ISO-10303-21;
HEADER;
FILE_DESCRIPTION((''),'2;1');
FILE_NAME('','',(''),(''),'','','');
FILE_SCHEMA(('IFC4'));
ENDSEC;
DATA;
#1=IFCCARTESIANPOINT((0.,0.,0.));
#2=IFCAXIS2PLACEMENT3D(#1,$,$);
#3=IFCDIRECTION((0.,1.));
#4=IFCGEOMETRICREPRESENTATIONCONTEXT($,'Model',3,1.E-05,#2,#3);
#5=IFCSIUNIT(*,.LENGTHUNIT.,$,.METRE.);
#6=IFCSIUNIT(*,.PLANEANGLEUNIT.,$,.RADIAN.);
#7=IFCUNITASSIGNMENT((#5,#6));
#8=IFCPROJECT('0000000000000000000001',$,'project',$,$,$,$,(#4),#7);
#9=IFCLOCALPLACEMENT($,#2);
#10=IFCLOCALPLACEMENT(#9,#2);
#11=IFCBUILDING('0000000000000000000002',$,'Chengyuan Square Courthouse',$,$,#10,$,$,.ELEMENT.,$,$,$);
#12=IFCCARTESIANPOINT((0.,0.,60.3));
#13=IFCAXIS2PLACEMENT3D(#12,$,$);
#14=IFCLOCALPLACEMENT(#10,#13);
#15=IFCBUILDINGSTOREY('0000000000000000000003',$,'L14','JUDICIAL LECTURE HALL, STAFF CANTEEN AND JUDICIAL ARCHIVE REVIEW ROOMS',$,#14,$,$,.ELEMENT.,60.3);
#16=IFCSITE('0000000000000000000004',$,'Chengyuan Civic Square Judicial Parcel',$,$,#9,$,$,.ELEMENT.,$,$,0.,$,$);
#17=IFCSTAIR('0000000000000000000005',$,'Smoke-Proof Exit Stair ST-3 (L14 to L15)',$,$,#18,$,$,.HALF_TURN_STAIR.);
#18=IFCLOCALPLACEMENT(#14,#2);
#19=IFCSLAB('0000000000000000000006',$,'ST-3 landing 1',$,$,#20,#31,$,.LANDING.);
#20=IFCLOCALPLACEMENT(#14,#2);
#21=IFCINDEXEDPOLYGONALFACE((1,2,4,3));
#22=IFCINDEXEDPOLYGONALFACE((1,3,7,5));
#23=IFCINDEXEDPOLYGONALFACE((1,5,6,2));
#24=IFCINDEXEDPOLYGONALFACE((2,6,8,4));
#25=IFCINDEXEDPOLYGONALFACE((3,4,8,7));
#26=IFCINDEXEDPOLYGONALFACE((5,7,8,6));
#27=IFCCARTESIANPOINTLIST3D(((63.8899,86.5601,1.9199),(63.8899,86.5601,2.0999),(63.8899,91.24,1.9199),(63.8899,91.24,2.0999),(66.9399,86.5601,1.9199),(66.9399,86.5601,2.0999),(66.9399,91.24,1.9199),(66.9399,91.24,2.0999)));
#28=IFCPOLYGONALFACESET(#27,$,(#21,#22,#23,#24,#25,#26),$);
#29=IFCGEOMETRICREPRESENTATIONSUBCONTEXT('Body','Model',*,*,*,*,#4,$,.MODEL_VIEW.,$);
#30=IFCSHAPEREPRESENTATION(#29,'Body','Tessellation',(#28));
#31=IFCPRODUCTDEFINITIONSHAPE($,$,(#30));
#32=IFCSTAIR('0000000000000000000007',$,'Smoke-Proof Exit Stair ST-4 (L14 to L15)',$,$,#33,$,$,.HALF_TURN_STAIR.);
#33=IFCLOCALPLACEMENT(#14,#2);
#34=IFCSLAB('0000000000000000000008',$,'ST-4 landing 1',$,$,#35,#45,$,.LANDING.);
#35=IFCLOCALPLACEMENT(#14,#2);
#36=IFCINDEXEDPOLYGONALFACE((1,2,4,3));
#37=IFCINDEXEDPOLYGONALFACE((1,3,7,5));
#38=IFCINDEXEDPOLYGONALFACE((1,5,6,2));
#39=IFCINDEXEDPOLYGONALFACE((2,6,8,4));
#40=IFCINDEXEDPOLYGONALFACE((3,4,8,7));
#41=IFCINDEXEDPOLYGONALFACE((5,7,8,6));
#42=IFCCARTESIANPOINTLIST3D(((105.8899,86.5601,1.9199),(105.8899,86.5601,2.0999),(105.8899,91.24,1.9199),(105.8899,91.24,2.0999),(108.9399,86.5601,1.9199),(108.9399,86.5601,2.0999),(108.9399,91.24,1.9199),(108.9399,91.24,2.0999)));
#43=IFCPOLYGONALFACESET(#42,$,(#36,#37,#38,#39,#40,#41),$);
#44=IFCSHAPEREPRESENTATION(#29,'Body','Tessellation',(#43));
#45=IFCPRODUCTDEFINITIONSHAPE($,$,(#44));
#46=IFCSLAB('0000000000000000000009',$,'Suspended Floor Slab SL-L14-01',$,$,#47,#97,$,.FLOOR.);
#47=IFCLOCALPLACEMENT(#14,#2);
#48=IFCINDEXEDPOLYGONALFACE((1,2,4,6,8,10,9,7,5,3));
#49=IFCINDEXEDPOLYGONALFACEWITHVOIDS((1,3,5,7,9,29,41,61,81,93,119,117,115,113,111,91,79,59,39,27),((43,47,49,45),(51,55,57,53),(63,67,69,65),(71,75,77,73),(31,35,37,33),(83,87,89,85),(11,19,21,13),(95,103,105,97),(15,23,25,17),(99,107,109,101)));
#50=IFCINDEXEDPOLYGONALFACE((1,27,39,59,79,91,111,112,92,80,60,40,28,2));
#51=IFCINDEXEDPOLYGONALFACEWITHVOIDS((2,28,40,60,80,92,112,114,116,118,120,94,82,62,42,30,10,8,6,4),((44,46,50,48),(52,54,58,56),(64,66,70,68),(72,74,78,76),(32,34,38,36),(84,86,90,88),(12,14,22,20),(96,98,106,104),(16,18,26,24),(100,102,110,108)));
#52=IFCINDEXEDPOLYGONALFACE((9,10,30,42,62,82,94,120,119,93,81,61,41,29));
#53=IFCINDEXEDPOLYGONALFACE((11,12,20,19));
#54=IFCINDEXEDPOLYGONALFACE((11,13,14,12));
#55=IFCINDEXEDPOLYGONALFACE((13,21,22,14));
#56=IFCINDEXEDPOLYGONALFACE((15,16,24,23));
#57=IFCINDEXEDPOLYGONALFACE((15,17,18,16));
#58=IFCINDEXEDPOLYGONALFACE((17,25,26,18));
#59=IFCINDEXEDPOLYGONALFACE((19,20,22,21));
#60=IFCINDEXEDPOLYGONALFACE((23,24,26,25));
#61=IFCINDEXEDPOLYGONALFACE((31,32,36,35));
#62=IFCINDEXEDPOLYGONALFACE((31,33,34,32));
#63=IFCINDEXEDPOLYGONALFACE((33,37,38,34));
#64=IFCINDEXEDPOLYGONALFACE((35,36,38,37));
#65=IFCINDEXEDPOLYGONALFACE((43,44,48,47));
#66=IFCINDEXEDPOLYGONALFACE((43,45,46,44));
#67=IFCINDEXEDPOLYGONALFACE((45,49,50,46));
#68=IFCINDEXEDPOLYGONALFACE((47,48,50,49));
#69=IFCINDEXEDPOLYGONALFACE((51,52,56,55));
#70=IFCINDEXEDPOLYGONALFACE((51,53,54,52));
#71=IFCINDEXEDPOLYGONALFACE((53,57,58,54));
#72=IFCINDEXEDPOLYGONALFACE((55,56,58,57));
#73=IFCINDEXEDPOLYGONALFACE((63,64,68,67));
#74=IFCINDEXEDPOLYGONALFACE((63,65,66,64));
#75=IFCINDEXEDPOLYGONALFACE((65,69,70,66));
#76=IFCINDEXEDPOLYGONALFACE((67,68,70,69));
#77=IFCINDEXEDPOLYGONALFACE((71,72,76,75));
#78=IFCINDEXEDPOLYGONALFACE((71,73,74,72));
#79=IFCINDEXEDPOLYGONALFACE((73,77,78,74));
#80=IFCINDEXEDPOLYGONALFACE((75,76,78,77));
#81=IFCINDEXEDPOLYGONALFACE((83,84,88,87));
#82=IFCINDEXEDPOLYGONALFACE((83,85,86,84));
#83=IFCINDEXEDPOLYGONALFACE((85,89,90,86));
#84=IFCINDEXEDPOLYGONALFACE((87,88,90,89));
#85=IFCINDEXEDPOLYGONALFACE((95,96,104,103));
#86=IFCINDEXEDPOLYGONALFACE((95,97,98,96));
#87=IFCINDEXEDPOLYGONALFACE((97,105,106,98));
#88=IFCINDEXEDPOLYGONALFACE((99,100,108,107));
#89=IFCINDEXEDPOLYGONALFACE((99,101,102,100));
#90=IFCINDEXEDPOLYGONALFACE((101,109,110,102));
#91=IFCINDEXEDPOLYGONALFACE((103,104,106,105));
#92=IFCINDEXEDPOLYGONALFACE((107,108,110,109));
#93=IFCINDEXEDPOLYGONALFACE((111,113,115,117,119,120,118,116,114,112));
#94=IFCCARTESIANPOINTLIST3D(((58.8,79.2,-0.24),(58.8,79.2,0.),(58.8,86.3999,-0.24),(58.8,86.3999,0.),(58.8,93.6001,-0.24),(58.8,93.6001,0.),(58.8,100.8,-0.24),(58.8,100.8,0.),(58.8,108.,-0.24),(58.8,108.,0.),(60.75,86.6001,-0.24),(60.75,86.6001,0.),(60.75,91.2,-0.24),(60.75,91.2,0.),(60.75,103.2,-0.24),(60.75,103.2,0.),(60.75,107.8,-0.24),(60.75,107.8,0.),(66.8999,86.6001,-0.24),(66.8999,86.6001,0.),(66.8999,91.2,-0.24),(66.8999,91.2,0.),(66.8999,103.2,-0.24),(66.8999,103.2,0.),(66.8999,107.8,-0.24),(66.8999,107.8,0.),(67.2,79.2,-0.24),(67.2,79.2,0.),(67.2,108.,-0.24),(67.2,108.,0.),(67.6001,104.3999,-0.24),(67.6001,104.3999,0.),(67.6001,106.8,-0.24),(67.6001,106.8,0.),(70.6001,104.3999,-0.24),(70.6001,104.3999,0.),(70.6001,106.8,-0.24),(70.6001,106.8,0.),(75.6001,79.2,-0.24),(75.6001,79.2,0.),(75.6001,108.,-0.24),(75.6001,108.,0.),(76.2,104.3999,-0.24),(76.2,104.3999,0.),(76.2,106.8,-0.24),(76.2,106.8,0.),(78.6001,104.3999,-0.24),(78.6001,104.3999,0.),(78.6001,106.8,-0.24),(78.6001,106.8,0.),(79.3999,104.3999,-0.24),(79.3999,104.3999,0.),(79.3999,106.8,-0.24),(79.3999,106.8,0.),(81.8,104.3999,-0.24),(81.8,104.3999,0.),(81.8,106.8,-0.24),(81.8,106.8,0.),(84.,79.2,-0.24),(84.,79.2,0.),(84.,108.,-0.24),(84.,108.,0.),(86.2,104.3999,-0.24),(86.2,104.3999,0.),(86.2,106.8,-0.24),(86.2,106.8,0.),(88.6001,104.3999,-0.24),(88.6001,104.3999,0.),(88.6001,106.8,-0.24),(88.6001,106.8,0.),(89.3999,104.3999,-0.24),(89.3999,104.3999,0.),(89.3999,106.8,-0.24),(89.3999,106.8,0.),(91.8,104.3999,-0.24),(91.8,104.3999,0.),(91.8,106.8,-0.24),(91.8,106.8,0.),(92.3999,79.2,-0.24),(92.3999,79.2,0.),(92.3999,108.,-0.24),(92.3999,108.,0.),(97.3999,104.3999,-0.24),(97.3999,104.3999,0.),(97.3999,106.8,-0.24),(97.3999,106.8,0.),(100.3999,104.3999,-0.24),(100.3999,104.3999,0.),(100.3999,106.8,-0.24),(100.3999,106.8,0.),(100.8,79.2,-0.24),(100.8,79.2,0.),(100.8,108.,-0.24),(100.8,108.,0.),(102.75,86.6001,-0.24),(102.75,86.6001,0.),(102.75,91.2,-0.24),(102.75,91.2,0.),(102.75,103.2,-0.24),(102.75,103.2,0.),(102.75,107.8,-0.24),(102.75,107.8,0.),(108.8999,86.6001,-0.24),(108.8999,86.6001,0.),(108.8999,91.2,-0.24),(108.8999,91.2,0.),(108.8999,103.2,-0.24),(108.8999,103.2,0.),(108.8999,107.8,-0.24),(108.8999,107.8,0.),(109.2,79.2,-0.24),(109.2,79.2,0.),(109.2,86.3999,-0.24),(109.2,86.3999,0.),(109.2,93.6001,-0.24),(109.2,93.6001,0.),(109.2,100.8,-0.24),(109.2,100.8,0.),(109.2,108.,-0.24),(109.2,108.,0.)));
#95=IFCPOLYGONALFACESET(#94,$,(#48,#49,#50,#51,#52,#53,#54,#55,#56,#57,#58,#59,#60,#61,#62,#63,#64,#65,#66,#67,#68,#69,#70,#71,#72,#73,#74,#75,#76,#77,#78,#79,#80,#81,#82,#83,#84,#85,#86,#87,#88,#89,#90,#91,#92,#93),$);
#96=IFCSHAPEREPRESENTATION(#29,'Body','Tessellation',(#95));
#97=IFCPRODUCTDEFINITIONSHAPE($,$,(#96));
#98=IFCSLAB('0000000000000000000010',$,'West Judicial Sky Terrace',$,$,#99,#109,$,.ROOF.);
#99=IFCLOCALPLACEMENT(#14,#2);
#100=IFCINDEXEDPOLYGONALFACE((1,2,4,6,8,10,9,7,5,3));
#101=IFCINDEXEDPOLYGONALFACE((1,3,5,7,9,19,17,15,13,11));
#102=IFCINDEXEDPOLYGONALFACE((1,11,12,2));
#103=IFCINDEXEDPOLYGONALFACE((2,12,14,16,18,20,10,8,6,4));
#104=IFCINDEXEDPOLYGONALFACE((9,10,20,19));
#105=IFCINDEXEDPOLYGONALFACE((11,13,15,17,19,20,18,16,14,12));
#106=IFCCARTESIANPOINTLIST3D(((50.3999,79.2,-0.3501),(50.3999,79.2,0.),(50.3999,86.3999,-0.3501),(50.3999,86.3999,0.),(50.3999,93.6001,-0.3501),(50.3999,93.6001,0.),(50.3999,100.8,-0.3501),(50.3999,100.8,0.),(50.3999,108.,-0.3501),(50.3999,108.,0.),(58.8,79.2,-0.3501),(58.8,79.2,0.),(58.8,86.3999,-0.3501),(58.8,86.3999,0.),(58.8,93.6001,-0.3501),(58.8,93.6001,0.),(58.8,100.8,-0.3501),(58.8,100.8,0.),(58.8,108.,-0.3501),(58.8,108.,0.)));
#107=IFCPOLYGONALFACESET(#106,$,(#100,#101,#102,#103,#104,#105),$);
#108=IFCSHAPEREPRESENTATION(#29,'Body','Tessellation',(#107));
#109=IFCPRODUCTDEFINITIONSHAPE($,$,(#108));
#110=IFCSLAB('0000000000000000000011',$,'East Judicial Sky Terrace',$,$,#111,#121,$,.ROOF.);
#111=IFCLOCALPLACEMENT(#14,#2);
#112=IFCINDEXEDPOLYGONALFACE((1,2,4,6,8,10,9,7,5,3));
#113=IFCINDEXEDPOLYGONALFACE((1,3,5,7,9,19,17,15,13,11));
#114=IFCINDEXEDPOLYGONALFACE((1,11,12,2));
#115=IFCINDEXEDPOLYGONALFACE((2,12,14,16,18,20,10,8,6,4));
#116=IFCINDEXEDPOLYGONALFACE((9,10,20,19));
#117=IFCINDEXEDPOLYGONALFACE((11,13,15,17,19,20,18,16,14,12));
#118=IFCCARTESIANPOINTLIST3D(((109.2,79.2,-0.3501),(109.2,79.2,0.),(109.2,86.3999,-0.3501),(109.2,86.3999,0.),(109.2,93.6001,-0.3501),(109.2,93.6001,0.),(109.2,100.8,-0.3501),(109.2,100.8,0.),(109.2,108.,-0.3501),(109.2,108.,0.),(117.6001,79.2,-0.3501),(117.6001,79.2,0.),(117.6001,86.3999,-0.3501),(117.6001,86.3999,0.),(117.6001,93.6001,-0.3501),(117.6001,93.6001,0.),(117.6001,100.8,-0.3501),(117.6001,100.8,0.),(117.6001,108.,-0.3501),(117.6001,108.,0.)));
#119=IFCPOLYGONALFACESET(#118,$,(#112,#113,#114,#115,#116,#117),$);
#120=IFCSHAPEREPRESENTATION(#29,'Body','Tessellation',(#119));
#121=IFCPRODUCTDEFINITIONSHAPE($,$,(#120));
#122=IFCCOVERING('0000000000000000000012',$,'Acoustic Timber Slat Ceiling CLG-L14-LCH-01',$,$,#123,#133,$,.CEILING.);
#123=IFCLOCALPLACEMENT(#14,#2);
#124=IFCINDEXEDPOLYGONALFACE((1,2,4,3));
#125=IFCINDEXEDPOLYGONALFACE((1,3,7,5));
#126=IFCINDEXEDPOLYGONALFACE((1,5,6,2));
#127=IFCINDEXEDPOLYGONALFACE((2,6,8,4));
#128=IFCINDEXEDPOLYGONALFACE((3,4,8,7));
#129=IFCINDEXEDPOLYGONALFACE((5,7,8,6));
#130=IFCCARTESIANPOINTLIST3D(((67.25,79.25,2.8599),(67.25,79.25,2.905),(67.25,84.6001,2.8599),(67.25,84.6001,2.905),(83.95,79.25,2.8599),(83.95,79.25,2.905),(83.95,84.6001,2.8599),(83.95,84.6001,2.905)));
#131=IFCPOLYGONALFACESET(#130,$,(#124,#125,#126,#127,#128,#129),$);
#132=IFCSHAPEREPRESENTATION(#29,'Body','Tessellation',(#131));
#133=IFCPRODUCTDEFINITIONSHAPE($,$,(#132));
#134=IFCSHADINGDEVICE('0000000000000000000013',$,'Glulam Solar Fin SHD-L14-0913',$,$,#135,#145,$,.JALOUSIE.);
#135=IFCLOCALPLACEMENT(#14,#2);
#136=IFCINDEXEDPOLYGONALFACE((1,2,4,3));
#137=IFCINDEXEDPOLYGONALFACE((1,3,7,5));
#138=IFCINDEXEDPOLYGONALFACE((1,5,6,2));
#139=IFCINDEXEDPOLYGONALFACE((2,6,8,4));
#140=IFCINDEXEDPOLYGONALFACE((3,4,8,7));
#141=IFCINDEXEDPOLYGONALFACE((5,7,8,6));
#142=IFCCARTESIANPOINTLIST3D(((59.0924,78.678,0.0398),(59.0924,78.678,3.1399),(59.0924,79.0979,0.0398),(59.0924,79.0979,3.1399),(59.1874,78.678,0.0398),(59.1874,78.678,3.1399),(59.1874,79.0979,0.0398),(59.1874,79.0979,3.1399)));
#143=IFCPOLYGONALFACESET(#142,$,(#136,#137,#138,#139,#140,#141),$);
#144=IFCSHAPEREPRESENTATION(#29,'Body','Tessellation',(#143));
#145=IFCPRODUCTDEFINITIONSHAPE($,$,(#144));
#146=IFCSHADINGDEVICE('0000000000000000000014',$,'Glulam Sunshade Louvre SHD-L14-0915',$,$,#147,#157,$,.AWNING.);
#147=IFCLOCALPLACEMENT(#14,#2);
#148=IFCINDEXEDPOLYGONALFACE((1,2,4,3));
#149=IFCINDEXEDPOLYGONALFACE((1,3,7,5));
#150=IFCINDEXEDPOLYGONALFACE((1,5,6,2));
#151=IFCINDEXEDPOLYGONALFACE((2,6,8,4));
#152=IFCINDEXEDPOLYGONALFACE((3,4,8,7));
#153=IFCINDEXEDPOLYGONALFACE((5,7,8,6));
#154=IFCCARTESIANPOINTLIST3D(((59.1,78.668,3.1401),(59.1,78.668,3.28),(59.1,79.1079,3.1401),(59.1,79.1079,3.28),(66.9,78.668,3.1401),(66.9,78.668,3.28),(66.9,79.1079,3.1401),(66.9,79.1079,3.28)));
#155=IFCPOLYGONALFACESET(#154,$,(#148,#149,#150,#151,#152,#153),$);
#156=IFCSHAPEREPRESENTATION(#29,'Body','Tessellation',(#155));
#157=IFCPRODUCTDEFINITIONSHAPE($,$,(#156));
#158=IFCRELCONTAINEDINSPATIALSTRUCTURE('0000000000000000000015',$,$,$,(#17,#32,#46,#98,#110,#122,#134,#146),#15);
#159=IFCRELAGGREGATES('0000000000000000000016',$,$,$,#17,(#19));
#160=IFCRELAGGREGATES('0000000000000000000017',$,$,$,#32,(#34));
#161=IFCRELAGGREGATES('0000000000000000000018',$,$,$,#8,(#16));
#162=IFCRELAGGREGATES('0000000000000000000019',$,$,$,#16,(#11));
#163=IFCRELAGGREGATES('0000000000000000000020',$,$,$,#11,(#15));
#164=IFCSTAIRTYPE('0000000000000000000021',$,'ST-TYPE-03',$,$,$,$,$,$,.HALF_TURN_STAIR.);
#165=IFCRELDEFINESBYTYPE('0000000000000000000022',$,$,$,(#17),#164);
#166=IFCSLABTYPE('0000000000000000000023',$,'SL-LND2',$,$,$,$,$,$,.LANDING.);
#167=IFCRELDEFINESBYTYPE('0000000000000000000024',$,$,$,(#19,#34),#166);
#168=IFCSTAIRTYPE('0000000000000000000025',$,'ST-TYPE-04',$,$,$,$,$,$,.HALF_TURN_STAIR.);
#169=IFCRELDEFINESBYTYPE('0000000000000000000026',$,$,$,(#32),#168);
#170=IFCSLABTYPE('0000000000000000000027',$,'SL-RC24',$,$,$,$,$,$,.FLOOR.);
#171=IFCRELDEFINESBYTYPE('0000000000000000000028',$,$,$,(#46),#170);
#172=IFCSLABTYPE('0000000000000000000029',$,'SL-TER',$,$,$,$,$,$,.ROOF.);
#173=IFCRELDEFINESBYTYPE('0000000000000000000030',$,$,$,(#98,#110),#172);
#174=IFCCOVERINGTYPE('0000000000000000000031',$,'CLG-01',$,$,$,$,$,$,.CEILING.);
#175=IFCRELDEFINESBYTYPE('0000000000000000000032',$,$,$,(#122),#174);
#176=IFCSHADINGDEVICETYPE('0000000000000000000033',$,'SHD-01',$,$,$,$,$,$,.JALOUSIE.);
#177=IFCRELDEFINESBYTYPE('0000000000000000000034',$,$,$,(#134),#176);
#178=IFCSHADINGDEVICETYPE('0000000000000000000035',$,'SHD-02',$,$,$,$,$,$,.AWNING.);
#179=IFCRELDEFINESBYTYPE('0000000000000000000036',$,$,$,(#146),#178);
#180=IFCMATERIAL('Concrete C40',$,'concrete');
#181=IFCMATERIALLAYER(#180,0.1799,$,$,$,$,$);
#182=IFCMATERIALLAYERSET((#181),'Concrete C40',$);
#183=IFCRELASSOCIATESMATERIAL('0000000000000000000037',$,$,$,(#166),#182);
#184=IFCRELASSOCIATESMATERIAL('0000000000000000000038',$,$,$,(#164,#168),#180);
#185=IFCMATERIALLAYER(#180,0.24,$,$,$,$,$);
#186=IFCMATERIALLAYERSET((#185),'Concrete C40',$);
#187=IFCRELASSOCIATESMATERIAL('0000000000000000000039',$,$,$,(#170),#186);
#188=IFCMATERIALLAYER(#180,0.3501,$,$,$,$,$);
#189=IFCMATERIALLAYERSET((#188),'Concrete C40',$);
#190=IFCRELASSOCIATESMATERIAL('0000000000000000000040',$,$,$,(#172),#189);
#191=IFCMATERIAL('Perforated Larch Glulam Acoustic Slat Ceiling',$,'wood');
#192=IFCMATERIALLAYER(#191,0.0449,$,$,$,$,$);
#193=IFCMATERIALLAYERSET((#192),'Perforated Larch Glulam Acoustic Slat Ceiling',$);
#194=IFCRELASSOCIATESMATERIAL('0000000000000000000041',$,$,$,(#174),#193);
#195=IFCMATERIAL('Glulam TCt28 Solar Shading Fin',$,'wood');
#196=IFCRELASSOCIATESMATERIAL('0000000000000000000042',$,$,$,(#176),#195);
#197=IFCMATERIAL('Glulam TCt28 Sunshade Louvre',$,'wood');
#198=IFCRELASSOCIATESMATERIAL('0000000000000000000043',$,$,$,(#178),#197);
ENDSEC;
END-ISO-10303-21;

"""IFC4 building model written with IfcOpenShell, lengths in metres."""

from ifc_helpers import new_model, si_unit, direction, frame, origin, origin_2d, place, context, subcontext, project, spatial, polyline, rectangle, outline, extrude, material, layer, layer_set, type_object, element, aggregate, save


model = new_model("IFC4")

# Units and contexts
model_context = context("Model", 3, precision=1e-05, world=origin(), true_north=direction((0.0, 1.0)))
body_context = subcontext(model_context, "Body", "Model", "MODEL_VIEW")
ifc_project = project(units=[si_unit("LENGTHUNIT", "METRE"), si_unit("PLANEANGLEUNIT", "RADIAN")], contexts=[model_context])

# Site, building, storey
site_placement = place(None, origin())
site = spatial("IfcSite", under=ifc_project, at=site_placement, Name="Chengyuan Civic Square Judicial Parcel", CompositionType="ELEMENT", RefElevation=0.0)
building_placement = place(site_placement, origin())
building = spatial("IfcBuilding", under=site, at=building_placement, Name="Chengyuan Square Courthouse", CompositionType="ELEMENT")
storey_placement = place(building_placement, frame((0.0, 0.0, 60.3)))
storey = spatial("IfcBuildingStorey", under=building, at=storey_placement, Name="L14", Description="JUDICIAL LECTURE HALL, STAFF CANTEEN AND JUDICIAL ARCHIVE REVIEW ROOMS", CompositionType="ELEMENT", Elevation=60.3)

# Shared definitions
ifc_material_1 = material(Name="Concrete C40", Category="concrete")

# Stairs, slabs
ifc_layer_1 = layer(ifc_material_1, 0.1799)
ifc_layer_set_1 = layer_set([ifc_layer_1], Name="Concrete C40")
slab_type_1 = type_object("IfcSlabType", Name="SL-LND2", PredefinedType="LANDING", material=ifc_layer_set_1)
stair_type_1 = type_object("IfcStairType", Name="ST-TYPE-03", PredefinedType="HALF_TURN_STAIR", material=ifc_material_1)
stair_1_placement = place(storey_placement, origin())
stair_1 = element("IfcStair", 1, at=stair_1_placement, inside=storey, type_object=stair_type_1, Name="Smoke-Proof Exit Stair ST-3 (L14 to L15)", PredefinedType="HALF_TURN_STAIR")
slab_1_placement = place(storey_placement, frame((0.0, 0.0, 1.9199)))
slab_1 = element("IfcSlab", 2, at=slab_1_placement, type_object=slab_type_1, Name="ST-3 landing 1", PredefinedType="LANDING", context=body_context, shape_type="SweptSolid", body=[
    extrude(outline(polyline([(63.8899, 86.5601), (66.9399, 86.5601), (66.9399, 91.24), (63.8899, 91.24), (63.8899, 86.5601)])), origin(), (0.0, 0.0, 1.0), 0.1799),
])
aggregate(stair_1, [slab_1])
stair_type_2 = type_object("IfcStairType", Name="ST-TYPE-04", PredefinedType="HALF_TURN_STAIR", material=ifc_material_1)
stair_2_placement = place(storey_placement, origin())
stair_2 = element("IfcStair", 3, at=stair_2_placement, inside=storey, type_object=stair_type_2, Name="Smoke-Proof Exit Stair ST-4 (L14 to L15)", PredefinedType="HALF_TURN_STAIR")
slab_2_placement = place(storey_placement, frame((0.0, 0.0, 1.9199)))
slab_2 = element("IfcSlab", 4, at=slab_2_placement, type_object=slab_type_1, Name="ST-4 landing 1", PredefinedType="LANDING", context=body_context, shape_type="SweptSolid", body=[
    extrude(outline(polyline([(105.8899, 86.5601), (108.9399, 86.5601), (108.9399, 91.24), (105.8899, 91.24), (105.8899, 86.5601)])), origin(), (0.0, 0.0, 1.0), 0.1799),
])
aggregate(stair_2, [slab_2])

# Slabs
ifc_layer_2 = layer(ifc_material_1, 0.24)
ifc_layer_set_2 = layer_set([ifc_layer_2], Name="Concrete C40")
slab_type_2 = type_object("IfcSlabType", Name="SL-RC24", PredefinedType="FLOOR", material=ifc_layer_set_2)
slab_3_placement = place(storey_placement, frame((0.0, 0.0, -0.24)))
element("IfcSlab", 5, at=slab_3_placement, inside=storey, type_object=slab_type_2, Name="Suspended Floor Slab SL-L14-01", PredefinedType="FLOOR", context=body_context, shape_type="SweptSolid", body=[
    extrude(outline(polyline([(67.2, 108.0), (75.6001, 108.0), (84.0, 108.0), (92.3999, 108.0), (100.8, 108.0), (109.2, 108.0), (109.2, 100.8), (109.2, 93.6001), (109.2, 86.3999), (109.2, 79.2), (100.8, 79.2), (92.3999, 79.2), (84.0, 79.2), (75.6001, 79.2), (67.2, 79.2), (58.8, 79.2), (58.8, 86.3999), (58.8, 93.6001), (58.8, 100.8), (58.8, 108.0), (67.2, 108.0)]), holes=[polyline([(60.75, 86.6001), (66.8999, 86.6001), (66.8999, 91.2), (60.75, 91.2), (60.75, 86.6001)]), polyline([(102.75, 86.6001), (108.8999, 86.6001), (108.8999, 91.2), (102.75, 91.2), (102.75, 86.6001)]), polyline([(60.75, 103.2), (66.8999, 103.2), (66.8999, 107.8), (60.75, 107.8), (60.75, 103.2)]), polyline([(102.75, 107.8), (102.75, 103.2), (108.8999, 103.2), (108.8999, 107.8), (102.75, 107.8)]), polyline([(67.6001, 106.8), (67.6001, 104.3999), (70.6001, 104.3999), (70.6001, 106.8), (67.6001, 106.8)]), polyline([(76.2, 104.3999), (78.6001, 104.3999), (78.6001, 106.8), (76.2, 106.8), (76.2, 104.3999)]), polyline([(79.3999, 104.3999), (81.8, 104.3999), (81.8, 106.8), (79.3999, 106.8), (79.3999, 104.3999)]), polyline([(86.2, 104.3999), (88.6001, 104.3999), (88.6001, 106.8), (86.2, 106.8), (86.2, 104.3999)]), polyline([(89.3999, 106.8), (89.3999, 104.3999), (91.8, 104.3999), (91.8, 106.8), (89.3999, 106.8)]), polyline([(97.3999, 106.8), (97.3999, 104.3999), (100.3999, 104.3999), (100.3999, 106.8), (97.3999, 106.8)])]), origin(), (0.0, 0.0, 1.0), 0.24),
])
ifc_layer_3 = layer(ifc_material_1, 0.3501)
ifc_layer_set_3 = layer_set([ifc_layer_3], Name="Concrete C40")
slab_type_3 = type_object("IfcSlabType", Name="SL-TER", PredefinedType="ROOF", material=ifc_layer_set_3)
slab_4_placement = place(storey_placement, frame((0.0, 0.0, -0.3501)))
element("IfcSlab", 6, at=slab_4_placement, inside=storey, type_object=slab_type_3, Name="West Judicial Sky Terrace", PredefinedType="ROOF", context=body_context, shape_type="SweptSolid", body=[
    extrude(outline(polyline([(50.3999, 79.2), (50.3999, 86.3999), (50.3999, 93.6001), (50.3999, 100.8), (50.3999, 108.0), (58.8, 108.0), (58.8, 100.8), (58.8, 93.6001), (58.8, 86.3999), (58.8, 79.2), (50.3999, 79.2)])), origin(), (0.0, 0.0, 1.0), 0.3501),
])
slab_5_placement = place(storey_placement, frame((0.0, 0.0, -0.3501)))
element("IfcSlab", 7, at=slab_5_placement, inside=storey, type_object=slab_type_3, Name="East Judicial Sky Terrace", PredefinedType="ROOF", context=body_context, shape_type="SweptSolid", body=[
    extrude(outline(polyline([(109.2, 79.2), (109.2, 86.3999), (109.2, 93.6001), (109.2, 100.8), (109.2, 108.0), (117.6001, 108.0), (117.6001, 100.8), (117.6001, 93.6001), (117.6001, 86.3999), (117.6001, 79.2), (109.2, 79.2)])), origin(), (0.0, 0.0, 1.0), 0.3501),
])

# Covering
ifc_material_2 = material(Name="Perforated Larch Glulam Acoustic Slat Ceiling", Category="wood")
ifc_layer_4 = layer(ifc_material_2, 0.0449)
ifc_layer_set_4 = layer_set([ifc_layer_4], Name="Perforated Larch Glulam Acoustic Slat Ceiling")
covering_type = type_object("IfcCoveringType", Name="CLG-01", PredefinedType="CEILING", material=ifc_layer_set_4)
covering_placement = place(storey_placement, frame((0.0, 0.0, 2.8599)))
element("IfcCovering", 8, at=covering_placement, inside=storey, type_object=covering_type, Name="Acoustic Timber Slat Ceiling CLG-L14-LCH-01", PredefinedType="CEILING", context=body_context, shape_type="SweptSolid", body=[
    extrude(outline(polyline([(67.25, 79.25), (83.95, 79.25), (83.95, 84.6001), (67.25, 84.6001), (67.25, 79.25)])), origin(), (0.0, 0.0, 1.0), 0.0452),
])

# Shading devices
ifc_material_3 = material(Name="Glulam TCt28 Solar Shading Fin", Category="wood")
shading_device_type_1 = type_object("IfcShadingDeviceType", Name="SHD-01", PredefinedType="JALOUSIE", material=ifc_material_3)
shading_device_1_placement = place(storey_placement, frame((59.1399, 78.8879, 0.0398), z_axis=(0.0, 0.0, 1.0), x_axis=(0.0, 1.0, 0.0)))
element("IfcShadingDevice", 9, at=shading_device_1_placement, inside=storey, type_object=shading_device_type_1, Name="Glulam Solar Fin SHD-L14-0913", PredefinedType="JALOUSIE", context=body_context, shape_type="SweptSolid", body=[
    extrude(rectangle(XDim=0.4199, YDim=0.095, at=origin_2d()), origin(), (0.0, 0.0, 1.0), 3.1001),
])
ifc_material_4 = material(Name="Glulam TCt28 Sunshade Louvre", Category="wood")
shading_device_type_2 = type_object("IfcShadingDeviceType", Name="SHD-02", PredefinedType="AWNING", material=ifc_material_4)
shading_device_2_placement = place(storey_placement, frame((63.0, 78.8879, 3.1401), z_axis=(0.0, 0.0, 1.0), x_axis=(1.0, 0.0, 0.0)))
element("IfcShadingDevice", 10, at=shading_device_2_placement, inside=storey, type_object=shading_device_type_2, Name="Glulam Sunshade Louvre SHD-L14-0915", PredefinedType="AWNING", context=body_context, shape_type="SweptSolid", body=[
    extrude(rectangle(XDim=7.8, YDim=0.4399, at=origin_2d()), origin(), (0.0, 0.0, 1.0), 0.1399),
])

save(model, "model.ifc")
